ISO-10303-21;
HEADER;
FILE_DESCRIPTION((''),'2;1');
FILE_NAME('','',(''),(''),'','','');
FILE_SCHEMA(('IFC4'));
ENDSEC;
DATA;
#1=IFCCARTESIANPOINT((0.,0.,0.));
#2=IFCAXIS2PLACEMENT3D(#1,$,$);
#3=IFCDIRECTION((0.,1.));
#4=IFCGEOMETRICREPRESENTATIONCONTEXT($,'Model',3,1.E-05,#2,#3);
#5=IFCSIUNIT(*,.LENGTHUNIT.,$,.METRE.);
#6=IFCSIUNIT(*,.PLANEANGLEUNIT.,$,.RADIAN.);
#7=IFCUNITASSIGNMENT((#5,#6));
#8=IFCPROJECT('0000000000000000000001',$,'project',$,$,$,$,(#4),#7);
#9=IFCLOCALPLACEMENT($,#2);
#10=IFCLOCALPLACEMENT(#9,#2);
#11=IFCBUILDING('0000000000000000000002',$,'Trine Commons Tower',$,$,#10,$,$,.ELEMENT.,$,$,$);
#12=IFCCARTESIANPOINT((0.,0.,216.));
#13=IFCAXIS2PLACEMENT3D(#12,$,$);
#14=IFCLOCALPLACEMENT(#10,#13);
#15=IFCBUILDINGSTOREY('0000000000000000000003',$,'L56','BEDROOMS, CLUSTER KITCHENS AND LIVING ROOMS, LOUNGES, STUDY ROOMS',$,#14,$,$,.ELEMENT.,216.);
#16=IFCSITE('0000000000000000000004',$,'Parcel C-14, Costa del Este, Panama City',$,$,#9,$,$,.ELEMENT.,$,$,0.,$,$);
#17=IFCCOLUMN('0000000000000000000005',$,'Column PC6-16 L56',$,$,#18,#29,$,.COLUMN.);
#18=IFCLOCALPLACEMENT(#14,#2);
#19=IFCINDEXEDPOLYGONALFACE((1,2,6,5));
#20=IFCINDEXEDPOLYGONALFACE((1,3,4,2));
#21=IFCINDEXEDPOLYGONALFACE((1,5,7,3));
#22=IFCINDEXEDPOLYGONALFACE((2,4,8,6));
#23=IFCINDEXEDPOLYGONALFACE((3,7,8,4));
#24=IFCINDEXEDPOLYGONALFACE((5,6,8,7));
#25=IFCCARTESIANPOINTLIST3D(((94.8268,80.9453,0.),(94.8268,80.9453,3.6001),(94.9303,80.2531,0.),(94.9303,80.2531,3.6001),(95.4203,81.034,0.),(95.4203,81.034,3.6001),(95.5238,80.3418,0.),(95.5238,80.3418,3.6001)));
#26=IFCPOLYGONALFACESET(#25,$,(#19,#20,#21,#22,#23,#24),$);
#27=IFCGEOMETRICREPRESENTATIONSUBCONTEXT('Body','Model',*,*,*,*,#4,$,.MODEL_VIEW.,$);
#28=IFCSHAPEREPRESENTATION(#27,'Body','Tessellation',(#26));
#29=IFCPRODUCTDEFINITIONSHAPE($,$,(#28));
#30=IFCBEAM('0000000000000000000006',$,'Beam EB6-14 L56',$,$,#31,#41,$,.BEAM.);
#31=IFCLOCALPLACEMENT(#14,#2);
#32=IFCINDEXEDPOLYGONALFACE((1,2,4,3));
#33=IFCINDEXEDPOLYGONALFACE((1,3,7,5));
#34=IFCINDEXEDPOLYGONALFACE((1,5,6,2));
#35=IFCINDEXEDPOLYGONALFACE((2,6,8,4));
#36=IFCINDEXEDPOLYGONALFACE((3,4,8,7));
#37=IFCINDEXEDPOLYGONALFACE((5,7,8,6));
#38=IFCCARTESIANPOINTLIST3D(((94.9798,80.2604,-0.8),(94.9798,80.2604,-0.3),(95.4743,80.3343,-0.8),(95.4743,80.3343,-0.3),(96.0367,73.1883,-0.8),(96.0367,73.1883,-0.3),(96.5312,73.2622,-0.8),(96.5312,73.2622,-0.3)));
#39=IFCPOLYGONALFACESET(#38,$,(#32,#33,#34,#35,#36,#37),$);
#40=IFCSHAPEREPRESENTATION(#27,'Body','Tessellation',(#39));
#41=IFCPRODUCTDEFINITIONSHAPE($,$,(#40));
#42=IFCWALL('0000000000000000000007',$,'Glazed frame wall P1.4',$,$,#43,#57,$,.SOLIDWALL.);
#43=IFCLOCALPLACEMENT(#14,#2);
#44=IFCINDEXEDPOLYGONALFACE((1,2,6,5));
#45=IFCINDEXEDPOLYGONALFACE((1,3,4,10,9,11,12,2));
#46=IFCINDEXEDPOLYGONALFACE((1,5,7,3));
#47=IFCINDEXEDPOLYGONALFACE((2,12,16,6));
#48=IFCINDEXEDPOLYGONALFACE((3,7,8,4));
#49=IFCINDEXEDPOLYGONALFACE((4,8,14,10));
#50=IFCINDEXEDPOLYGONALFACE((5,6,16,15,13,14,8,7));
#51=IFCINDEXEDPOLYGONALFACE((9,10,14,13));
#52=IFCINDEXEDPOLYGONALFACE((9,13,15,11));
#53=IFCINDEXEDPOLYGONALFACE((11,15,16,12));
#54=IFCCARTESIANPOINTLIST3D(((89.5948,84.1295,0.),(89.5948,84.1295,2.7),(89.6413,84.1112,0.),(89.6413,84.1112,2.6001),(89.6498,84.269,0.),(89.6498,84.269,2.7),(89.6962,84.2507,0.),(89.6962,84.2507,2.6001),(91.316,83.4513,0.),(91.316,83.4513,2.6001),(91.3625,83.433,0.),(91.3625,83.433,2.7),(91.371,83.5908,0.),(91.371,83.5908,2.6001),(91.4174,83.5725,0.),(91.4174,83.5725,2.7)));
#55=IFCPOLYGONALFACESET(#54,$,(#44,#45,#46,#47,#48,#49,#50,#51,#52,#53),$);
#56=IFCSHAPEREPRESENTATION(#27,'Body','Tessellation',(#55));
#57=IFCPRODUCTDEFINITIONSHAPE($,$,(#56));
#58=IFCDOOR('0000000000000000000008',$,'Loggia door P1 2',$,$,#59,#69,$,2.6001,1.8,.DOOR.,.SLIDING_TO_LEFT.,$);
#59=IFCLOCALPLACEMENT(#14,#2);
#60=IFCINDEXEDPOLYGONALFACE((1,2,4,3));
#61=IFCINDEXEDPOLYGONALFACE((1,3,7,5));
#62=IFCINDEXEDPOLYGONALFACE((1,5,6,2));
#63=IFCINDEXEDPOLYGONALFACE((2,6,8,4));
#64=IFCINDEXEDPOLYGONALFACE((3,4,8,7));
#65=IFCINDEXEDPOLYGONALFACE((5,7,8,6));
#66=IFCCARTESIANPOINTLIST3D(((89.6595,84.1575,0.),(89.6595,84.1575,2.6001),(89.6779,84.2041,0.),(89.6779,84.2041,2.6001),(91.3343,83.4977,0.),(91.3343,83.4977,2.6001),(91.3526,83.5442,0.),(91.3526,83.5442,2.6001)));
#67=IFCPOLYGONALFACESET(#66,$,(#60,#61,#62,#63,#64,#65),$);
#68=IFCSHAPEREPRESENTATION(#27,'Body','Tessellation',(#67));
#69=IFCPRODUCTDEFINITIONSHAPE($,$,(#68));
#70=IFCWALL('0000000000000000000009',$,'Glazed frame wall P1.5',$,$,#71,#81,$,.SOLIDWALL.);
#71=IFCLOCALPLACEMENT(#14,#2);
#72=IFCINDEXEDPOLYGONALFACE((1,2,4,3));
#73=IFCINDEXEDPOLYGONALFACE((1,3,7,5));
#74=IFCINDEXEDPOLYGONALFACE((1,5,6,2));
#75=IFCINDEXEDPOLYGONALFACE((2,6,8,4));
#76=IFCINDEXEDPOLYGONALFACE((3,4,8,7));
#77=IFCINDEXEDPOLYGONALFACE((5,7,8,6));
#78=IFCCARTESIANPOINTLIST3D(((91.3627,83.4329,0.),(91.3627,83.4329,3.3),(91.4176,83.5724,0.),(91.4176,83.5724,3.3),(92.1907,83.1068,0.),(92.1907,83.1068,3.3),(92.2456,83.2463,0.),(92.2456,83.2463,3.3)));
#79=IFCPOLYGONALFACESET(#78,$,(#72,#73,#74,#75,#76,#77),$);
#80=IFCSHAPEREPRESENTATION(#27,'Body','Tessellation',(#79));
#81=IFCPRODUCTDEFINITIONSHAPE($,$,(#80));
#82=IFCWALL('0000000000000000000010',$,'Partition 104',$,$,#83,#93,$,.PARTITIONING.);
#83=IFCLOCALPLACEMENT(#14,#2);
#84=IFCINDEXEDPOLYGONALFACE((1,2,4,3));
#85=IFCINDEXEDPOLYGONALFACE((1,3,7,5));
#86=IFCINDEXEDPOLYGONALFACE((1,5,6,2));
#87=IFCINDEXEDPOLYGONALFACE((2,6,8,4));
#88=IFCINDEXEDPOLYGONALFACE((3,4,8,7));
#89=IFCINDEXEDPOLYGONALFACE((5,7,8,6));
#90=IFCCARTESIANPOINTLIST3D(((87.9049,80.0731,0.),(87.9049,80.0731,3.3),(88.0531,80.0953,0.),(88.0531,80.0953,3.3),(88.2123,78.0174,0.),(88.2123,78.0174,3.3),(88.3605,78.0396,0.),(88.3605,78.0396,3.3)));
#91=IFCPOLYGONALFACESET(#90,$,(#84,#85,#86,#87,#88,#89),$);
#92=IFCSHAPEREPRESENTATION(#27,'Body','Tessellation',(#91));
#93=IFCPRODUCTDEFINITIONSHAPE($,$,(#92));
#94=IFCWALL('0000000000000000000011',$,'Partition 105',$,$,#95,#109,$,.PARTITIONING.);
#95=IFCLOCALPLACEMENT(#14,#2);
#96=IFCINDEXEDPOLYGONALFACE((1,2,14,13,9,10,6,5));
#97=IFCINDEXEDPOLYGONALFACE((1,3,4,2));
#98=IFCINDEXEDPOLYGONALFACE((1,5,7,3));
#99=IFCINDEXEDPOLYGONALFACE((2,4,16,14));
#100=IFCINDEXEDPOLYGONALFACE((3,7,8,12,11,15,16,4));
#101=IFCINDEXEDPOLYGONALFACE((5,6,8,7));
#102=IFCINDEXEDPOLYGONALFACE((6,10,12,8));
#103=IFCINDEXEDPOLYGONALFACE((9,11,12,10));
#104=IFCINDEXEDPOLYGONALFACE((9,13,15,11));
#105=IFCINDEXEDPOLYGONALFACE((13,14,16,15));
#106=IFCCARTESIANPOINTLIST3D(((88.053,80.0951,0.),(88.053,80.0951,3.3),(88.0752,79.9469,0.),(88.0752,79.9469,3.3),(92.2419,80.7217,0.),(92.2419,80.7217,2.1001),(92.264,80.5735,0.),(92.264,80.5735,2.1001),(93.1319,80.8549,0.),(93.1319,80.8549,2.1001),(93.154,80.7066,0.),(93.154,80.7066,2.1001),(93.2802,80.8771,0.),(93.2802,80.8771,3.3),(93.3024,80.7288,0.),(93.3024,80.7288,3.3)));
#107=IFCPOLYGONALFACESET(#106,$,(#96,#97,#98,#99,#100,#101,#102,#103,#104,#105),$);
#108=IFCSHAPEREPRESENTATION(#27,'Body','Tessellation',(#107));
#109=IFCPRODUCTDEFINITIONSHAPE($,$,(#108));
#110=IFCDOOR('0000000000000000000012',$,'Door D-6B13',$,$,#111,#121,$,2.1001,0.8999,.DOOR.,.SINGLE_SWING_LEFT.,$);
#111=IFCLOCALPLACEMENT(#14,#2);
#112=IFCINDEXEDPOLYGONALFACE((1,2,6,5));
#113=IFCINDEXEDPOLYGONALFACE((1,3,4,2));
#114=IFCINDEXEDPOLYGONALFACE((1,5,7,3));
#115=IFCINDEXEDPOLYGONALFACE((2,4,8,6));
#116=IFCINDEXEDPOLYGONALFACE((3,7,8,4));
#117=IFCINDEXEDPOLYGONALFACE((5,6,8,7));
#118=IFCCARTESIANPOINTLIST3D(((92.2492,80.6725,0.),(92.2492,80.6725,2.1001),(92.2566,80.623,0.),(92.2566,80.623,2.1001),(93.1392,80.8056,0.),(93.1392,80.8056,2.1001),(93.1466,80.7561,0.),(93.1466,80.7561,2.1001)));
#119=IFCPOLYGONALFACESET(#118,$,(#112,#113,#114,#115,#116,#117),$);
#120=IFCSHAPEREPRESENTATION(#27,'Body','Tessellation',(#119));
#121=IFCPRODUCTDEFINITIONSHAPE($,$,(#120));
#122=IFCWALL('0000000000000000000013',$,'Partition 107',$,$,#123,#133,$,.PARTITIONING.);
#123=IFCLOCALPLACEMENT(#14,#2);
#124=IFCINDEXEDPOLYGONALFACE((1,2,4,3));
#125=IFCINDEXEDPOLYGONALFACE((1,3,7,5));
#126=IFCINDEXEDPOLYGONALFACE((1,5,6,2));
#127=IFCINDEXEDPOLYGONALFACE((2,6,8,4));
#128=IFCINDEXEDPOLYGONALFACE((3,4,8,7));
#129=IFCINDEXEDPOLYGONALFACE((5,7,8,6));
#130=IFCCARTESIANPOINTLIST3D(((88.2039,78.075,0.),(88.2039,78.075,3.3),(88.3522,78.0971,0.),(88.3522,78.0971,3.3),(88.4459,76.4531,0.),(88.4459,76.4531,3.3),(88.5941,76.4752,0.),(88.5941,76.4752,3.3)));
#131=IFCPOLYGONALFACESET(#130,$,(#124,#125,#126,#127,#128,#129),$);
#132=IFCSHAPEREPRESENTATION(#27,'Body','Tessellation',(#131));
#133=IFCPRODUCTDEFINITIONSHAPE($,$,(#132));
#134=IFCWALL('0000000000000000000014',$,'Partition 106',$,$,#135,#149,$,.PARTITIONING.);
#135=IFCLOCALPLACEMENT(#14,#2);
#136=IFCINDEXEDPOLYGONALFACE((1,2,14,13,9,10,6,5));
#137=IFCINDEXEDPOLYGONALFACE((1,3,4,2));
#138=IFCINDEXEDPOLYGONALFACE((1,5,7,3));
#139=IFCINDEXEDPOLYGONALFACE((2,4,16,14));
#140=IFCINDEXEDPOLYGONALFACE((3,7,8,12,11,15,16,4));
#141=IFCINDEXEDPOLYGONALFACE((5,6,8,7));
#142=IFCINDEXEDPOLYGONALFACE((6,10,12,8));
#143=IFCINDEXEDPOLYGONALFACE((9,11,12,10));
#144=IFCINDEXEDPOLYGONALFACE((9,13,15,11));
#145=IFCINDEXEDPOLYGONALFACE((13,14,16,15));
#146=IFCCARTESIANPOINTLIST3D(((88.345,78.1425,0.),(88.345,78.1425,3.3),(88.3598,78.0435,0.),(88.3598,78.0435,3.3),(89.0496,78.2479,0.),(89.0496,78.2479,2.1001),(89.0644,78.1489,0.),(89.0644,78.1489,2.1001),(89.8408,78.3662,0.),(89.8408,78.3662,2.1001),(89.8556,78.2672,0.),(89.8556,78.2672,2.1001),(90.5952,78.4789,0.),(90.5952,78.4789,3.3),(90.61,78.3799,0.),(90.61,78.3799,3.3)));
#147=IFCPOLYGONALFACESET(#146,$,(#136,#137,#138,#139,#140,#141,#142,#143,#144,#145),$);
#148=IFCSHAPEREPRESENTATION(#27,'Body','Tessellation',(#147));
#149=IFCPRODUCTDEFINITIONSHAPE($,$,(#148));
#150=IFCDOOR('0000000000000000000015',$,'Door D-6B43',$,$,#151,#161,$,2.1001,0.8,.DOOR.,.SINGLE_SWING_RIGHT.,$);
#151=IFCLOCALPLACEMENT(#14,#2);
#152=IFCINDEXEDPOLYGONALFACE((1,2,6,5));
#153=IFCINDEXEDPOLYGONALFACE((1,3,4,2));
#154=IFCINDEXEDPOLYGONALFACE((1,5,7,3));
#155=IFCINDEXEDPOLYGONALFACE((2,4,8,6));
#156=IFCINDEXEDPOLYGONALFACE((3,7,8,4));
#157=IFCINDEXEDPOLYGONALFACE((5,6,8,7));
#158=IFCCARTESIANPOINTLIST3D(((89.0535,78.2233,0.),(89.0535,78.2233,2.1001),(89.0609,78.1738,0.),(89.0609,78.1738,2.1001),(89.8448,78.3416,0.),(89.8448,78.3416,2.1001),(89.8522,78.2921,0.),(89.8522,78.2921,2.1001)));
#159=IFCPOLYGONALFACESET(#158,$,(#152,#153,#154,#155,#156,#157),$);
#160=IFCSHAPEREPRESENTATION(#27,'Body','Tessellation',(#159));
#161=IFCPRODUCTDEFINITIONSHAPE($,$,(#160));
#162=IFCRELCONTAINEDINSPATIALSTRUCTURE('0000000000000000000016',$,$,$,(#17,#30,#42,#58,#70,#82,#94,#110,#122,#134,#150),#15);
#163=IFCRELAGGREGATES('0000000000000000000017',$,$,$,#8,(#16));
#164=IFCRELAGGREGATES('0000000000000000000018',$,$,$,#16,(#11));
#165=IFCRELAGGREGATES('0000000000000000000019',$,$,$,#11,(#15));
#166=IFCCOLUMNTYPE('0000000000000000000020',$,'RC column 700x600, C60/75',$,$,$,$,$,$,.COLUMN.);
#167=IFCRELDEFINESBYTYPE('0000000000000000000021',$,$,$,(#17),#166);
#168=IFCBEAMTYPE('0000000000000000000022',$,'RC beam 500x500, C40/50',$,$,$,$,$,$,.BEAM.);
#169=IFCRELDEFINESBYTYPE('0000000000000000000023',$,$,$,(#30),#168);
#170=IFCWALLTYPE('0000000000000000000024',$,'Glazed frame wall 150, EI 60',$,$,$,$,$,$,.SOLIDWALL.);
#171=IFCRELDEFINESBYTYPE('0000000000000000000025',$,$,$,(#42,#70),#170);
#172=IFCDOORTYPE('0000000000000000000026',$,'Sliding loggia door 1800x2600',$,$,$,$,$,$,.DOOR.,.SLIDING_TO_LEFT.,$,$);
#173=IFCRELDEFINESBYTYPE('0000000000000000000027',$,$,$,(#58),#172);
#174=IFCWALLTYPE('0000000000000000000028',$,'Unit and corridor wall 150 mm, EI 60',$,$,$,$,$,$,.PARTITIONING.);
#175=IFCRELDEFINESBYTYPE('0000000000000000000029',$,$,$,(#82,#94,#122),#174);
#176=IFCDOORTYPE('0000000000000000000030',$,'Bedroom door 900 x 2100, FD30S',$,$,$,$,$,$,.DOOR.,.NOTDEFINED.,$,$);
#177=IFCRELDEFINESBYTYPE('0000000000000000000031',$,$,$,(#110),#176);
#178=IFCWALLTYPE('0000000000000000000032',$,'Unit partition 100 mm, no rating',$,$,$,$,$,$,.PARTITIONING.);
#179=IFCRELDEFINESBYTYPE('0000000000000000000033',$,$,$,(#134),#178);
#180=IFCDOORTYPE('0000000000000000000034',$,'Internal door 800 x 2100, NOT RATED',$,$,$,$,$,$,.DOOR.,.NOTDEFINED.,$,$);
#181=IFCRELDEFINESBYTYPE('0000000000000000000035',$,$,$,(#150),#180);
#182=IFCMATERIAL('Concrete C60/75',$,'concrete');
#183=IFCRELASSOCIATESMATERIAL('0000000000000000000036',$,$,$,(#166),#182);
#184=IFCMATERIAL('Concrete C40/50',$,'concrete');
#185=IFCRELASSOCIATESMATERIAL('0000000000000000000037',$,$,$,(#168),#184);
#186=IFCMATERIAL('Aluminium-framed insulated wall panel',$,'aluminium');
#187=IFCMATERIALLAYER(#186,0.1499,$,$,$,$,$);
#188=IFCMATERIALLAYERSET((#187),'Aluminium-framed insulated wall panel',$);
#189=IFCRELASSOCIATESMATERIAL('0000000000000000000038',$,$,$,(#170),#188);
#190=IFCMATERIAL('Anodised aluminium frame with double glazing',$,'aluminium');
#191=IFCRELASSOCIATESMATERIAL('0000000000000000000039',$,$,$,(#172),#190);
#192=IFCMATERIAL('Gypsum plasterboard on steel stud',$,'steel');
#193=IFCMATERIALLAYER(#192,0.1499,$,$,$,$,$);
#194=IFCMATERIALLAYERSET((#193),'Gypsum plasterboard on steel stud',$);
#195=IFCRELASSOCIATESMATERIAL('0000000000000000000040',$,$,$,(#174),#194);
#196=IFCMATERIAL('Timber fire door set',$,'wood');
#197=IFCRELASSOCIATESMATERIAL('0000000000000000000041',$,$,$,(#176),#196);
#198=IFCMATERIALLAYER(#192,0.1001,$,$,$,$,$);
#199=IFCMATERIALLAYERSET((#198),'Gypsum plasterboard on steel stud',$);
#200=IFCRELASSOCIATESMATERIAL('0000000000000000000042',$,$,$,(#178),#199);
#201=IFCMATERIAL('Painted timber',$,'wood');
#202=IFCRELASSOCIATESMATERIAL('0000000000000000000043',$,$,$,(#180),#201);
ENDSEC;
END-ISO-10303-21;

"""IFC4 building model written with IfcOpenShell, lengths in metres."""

from ifc_helpers import new_model, si_unit, direction, frame, frame_2d, origin, origin_2d, place, context, subcontext, project, spatial, polyline, rectangle, outline, extrude, material, layer, layer_set, material_profile, profile_set, type_object, element, fill, save


model = new_model("IFC4")

# Units and contexts
model_context = context("Model", 3, precision=1e-05, world=origin(), true_north=direction((0.0, 1.0)))
body_context = subcontext(model_context, "Body", "Model", "MODEL_VIEW")
ifc_project = project(units=[si_unit("LENGTHUNIT", "METRE"), si_unit("PLANEANGLEUNIT", "RADIAN")], contexts=[model_context])

# Site, building, storey
site_placement = place(None, origin())
site = spatial("IfcSite", under=ifc_project, at=site_placement, Name="Parcel C-14, Costa del Este, Panama City", CompositionType="ELEMENT", RefElevation=0.0)
building_placement = place(site_placement, origin())
building = spatial("IfcBuilding", under=site, at=building_placement, Name="Trine Commons Tower", CompositionType="ELEMENT")
storey_placement = place(building_placement, frame((0.0, 0.0, 216.0)))
storey = spatial("IfcBuildingStorey", under=building, at=storey_placement, Name="L56", Description="BEDROOMS, CLUSTER KITCHENS AND LIVING ROOMS, LOUNGES, STUDY ROOMS", CompositionType="ELEMENT", Elevation=216.0)

# Column
ifc_material_1 = material(Name="Concrete C60/75", Category="concrete")
ifc_material_profile_1 = material_profile(ifc_material_1, rectangle(XDim=0.7, YDim=0.6001, at=origin_2d()), Name="RC 700x600")
ifc_profile_set_1 = profile_set([ifc_material_profile_1], Name="Concrete C60/75")
column_type = type_object("IfcColumnType", Name="RC column 700x600, C60/75", PredefinedType="COLUMN", material=ifc_profile_set_1)
column_placement = place(storey_placement, frame((95.1753, 80.6436, 0.0), z_axis=(0.0, 0.0, 1.0), x_axis=(-0.147809, 0.989016, 0.0)))
element("IfcColumn", 1, at=column_placement, inside=storey, type_object=column_type, Name="Column PC6-16 L56", PredefinedType="COLUMN", context=body_context, shape_type="SweptSolid", body=[
    extrude(rectangle(XDim=0.7, YDim=0.6001, at=origin_2d()), origin(), (0.0, 0.0, 1.0), 3.6001),
])

# Beam
ifc_material_2 = material(Name="Concrete C40/50", Category="concrete")
ifc_material_profile_2 = material_profile(ifc_material_2, rectangle(XDim=0.5, YDim=0.5, at=origin_2d()), Name="RC 500x500")
ifc_profile_set_2 = profile_set([ifc_material_profile_2], Name="Concrete C40/50")
beam_type = type_object("IfcBeamType", Name="RC beam 500x500, C40/50", PredefinedType="BEAM", material=ifc_profile_set_2)
beam_placement = place(storey_placement, frame((95.2271, 80.2974, -0.55), z_axis=(0.147804, -0.989017, 0.0), x_axis=(0.989017, 0.147804, 0.0)))
element("IfcBeam", 2, at=beam_placement, inside=storey, type_object=beam_type, Name="Beam EB6-14 L56", PredefinedType="BEAM", context=body_context, shape_type="SweptSolid", body=[
    extrude(rectangle(XDim=0.5, YDim=0.5, at=origin_2d()), origin(), (0.0, 0.0, 1.0), 7.1506),
])

# Wall, opening, door
ifc_material_3 = material(Name="Aluminium-framed insulated wall panel", Category="aluminium")
ifc_layer_1 = layer(ifc_material_3, 0.1499)
ifc_layer_set_1 = layer_set([ifc_layer_1], Name="Aluminium-framed insulated wall panel")
wall_type_1 = type_object("IfcWallType", Name="Glazed frame wall 150, EI 60", PredefinedType="SOLIDWALL", material=ifc_layer_set_1)
wall_1_placement = place(storey_placement, frame((89.6223, 84.1992, 0.0), z_axis=(0.0, 0.0, 1.0), x_axis=(0.930387, -0.366578, 0.0)))
wall_1 = element("IfcWall", 3, at=wall_1_placement, inside=storey, type_object=wall_type_1, Name="Glazed frame wall P1.4", PredefinedType="SOLIDWALL", context=body_context, shape_type="SweptSolid", body=[
    extrude(outline(polyline([(0.0, -0.075), (1.8999, -0.075), (1.8999, 0.075), (0.0, 0.075), (0.0, -0.075)])), origin(), (0.0, 0.0, 1.0), 2.7),
])
opening_1_placement = place(wall_1_placement, frame((0.05, 0.0, 0.0)))
opening_1 = element("IfcOpeningElement", 4, at=opening_1_placement, cuts=wall_1, PredefinedType="OPENING", context=body_context, shape_type="SweptSolid", body=[
    extrude(rectangle(XDim=1.8, YDim=2.6001, at=frame_2d((0.8999, 1.3))), frame((0.0, 0.085, 0.0), z_axis=(0.0, -1.0, 0.0), x_axis=(1.0, 0.0, 0.0)), (0.0, 0.0, 1.0), 0.1699),
])
ifc_material_4 = material(Name="Anodised aluminium frame with double glazing", Category="aluminium")
door_type_1 = type_object("IfcDoorType", Name="Sliding loggia door 1800x2600", OperationType="SLIDING_TO_LEFT", PredefinedType="DOOR", material=ifc_material_4)
door_1_placement = place(opening_1_placement, origin())
door_1 = element("IfcDoor", 5, at=door_1_placement, inside=storey, type_object=door_type_1, Name="Loggia door P1 2", OperationType="SLIDING_TO_LEFT", OverallHeight=2.6001, OverallWidth=1.8, PredefinedType="DOOR", context=body_context, shape_type="SweptSolid", body=[
    extrude(rectangle(XDim=1.8, YDim=2.6001, at=frame_2d((0.8999, 1.3))), frame((0.0, 0.0249, 0.0), z_axis=(0.0, -1.0, 0.0), x_axis=(1.0, 0.0, 0.0)), (0.0, 0.0, 1.0), 0.05),
])
fill(opening_1, door_1)

# Wall
wall_2_placement = place(storey_placement, frame((91.3901, 83.5027, 0.0), z_axis=(0.0, 0.0, 1.0), x_axis=(0.930434, -0.36646, 0.0)))
element("IfcWall", 6, at=wall_2_placement, inside=storey, type_object=wall_type_1, Name="Glazed frame wall P1.5", PredefinedType="SOLIDWALL", context=body_context, shape_type="SweptSolid", body=[
    extrude(outline(polyline([(0.8899, 0.075), (0.0, 0.075), (0.0, -0.075), (0.8899, -0.075), (0.8899, 0.075)])), origin(), (0.0, 0.0, 1.0), 3.3),
])

# Wall
ifc_material_5 = material(Name="Gypsum plasterboard on steel stud", Category="steel")
ifc_layer_2 = layer(ifc_material_5, 0.1499)
ifc_layer_set_2 = layer_set([ifc_layer_2], Name="Gypsum plasterboard on steel stud")
wall_type_2 = type_object("IfcWallType", Name="Unit and corridor wall 150 mm, EI 60", PredefinedType="PARTITIONING", material=ifc_layer_set_2)
wall_3_placement = place(storey_placement, frame((87.979, 80.0842, 0.0), z_axis=(0.0, 0.0, 1.0), x_axis=(0.147881, -0.989005, 0.0)))
element("IfcWall", 7, at=wall_3_placement, inside=storey, type_object=wall_type_2, Name="Partition 104", PredefinedType="PARTITIONING", context=body_context, shape_type="SweptSolid", body=[
    extrude(rectangle(XDim=2.0786, YDim=0.1499, at=frame_2d((1.0393, 0.0))), origin(), (0.0, 0.0, 1.0), 3.3),
])

# Wall, opening, door
wall_4_placement = place(storey_placement, frame((88.0642, 80.021, 0.0), z_axis=(0.0, 0.0, 1.0), x_axis=(0.988995, 0.14795, 0.0)))
wall_4 = element("IfcWall", 8, at=wall_4_placement, inside=storey, type_object=wall_type_2, Name="Partition 105", PredefinedType="PARTITIONING", context=body_context, shape_type="SweptSolid", body=[
    extrude(rectangle(XDim=5.2854, YDim=0.1499, at=frame_2d((2.6426, 0.0))), origin(), (0.0, 0.0, 1.0), 3.3),
])
opening_2_placement = place(wall_4_placement, frame((4.2354, 0.0, 0.0)))
opening_2 = element("IfcOpeningElement", 9, at=opening_2_placement, cuts=wall_4, PredefinedType="OPENING", context=body_context, shape_type="SweptSolid", body=[
    extrude(rectangle(XDim=0.8999, YDim=2.1001, at=frame_2d((0.45, 1.05))), frame((0.0, 0.085, 0.0), z_axis=(0.0, -1.0, 0.0), x_axis=(1.0, 0.0, 0.0)), (0.0, 0.0, 1.0), 0.1699),
])
ifc_material_6 = material(Name="Timber fire door set", Category="wood")
door_type_2 = type_object("IfcDoorType", Name="Bedroom door 900 x 2100, FD30S", OperationType="NOTDEFINED", PredefinedType="DOOR", material=ifc_material_6)
door_2_placement = place(opening_2_placement, frame((0.8999, 0.0, 0.0), z_axis=(0.0, 0.0, 1.0), x_axis=(-1.0, 0.0, 0.0)))
door_2 = element("IfcDoor", 10, at=door_2_placement, inside=storey, type_object=door_type_2, Name="Door D-6B13", OperationType="SINGLE_SWING_LEFT", OverallHeight=2.1001, OverallWidth=0.8999, PredefinedType="DOOR", context=body_context, shape_type="SweptSolid", body=[
    extrude(rectangle(XDim=0.8999, YDim=2.1001, at=frame_2d((0.45, 1.05))), frame((0.0, 0.0249, 0.0), z_axis=(0.0, -1.0, 0.0), x_axis=(1.0, 0.0, 0.0)), (0.0, 0.0, 1.0), 0.05),
])
fill(opening_2, door_2)

# Wall
wall_5_placement = place(storey_placement, frame((88.2781, 78.0859, 0.0), z_axis=(0.0, 0.0, 1.0), x_axis=(0.147547, -0.989055, 0.0)))
element("IfcWall", 11, at=wall_5_placement, inside=storey, type_object=wall_type_2, Name="Partition 107", PredefinedType="PARTITIONING", context=body_context, shape_type="SweptSolid", body=[
    extrude(rectangle(XDim=1.6399, YDim=0.1499, at=frame_2d((0.8198, 0.0))), origin(), (0.0, 0.0, 1.0), 3.3),
])

# Wall, opening, door
ifc_layer_3 = layer(ifc_material_5, 0.1001)
ifc_layer_set_3 = layer_set([ifc_layer_3], Name="Gypsum plasterboard on steel stud")
wall_type_3 = type_object("IfcWallType", Name="Unit partition 100 mm, no rating", PredefinedType="PARTITIONING", material=ifc_layer_set_3)
wall_6_placement = place(storey_placement, frame((88.3523, 78.093, 0.0), z_axis=(0.0, 0.0, 1.0), x_axis=(0.989008, 0.147863, 0.0)))
wall_6 = element("IfcWall", 12, at=wall_6_placement, inside=storey, type_object=wall_type_3, Name="Partition 106", PredefinedType="PARTITIONING", context=body_context, shape_type="SweptSolid", body=[
    extrude(rectangle(XDim=2.2751, YDim=0.1001, at=frame_2d((1.1377, 0.0))), origin(), (0.0, 0.0, 1.0), 3.3),
])
opening_3_placement = place(wall_6_placement, frame((0.7126, 0.0, 0.0)))
opening_3 = element("IfcOpeningElement", 13, at=opening_3_placement, cuts=wall_6, PredefinedType="OPENING", context=body_context, shape_type="SweptSolid", body=[
    extrude(rectangle(XDim=0.8, YDim=2.1001, at=frame_2d((0.3999, 1.05))), frame((0.0, 0.0601, 0.0), z_axis=(0.0, -1.0, 0.0), x_axis=(1.0, 0.0, 0.0)), (0.0, 0.0, 1.0), 0.1201),
])
ifc_material_7 = material(Name="Painted timber", Category="wood")
door_type_3 = type_object("IfcDoorType", Name="Internal door 800 x 2100, NOT RATED", OperationType="NOTDEFINED", PredefinedType="DOOR", material=ifc_material_7)
door_3_placement = place(opening_3_placement, frame((0.8, 0.0, 0.0), z_axis=(0.0, 0.0, 1.0), x_axis=(-1.0, 0.0, 0.0)))
door_3 = element("IfcDoor", 14, at=door_3_placement, inside=storey, type_object=door_type_3, Name="Door D-6B43", OperationType="SINGLE_SWING_RIGHT", OverallHeight=2.1001, OverallWidth=0.8, PredefinedType="DOOR", context=body_context, shape_type="SweptSolid", body=[
    extrude(rectangle(XDim=0.8, YDim=2.1001, at=frame_2d((0.3999, 1.05))), frame((0.0, 0.0249, 0.0), z_axis=(0.0, -1.0, 0.0), x_axis=(1.0, 0.0, 0.0)), (0.0, 0.0, 1.0), 0.05),
])
fill(opening_3, door_3)

save(model, "model.ifc")
